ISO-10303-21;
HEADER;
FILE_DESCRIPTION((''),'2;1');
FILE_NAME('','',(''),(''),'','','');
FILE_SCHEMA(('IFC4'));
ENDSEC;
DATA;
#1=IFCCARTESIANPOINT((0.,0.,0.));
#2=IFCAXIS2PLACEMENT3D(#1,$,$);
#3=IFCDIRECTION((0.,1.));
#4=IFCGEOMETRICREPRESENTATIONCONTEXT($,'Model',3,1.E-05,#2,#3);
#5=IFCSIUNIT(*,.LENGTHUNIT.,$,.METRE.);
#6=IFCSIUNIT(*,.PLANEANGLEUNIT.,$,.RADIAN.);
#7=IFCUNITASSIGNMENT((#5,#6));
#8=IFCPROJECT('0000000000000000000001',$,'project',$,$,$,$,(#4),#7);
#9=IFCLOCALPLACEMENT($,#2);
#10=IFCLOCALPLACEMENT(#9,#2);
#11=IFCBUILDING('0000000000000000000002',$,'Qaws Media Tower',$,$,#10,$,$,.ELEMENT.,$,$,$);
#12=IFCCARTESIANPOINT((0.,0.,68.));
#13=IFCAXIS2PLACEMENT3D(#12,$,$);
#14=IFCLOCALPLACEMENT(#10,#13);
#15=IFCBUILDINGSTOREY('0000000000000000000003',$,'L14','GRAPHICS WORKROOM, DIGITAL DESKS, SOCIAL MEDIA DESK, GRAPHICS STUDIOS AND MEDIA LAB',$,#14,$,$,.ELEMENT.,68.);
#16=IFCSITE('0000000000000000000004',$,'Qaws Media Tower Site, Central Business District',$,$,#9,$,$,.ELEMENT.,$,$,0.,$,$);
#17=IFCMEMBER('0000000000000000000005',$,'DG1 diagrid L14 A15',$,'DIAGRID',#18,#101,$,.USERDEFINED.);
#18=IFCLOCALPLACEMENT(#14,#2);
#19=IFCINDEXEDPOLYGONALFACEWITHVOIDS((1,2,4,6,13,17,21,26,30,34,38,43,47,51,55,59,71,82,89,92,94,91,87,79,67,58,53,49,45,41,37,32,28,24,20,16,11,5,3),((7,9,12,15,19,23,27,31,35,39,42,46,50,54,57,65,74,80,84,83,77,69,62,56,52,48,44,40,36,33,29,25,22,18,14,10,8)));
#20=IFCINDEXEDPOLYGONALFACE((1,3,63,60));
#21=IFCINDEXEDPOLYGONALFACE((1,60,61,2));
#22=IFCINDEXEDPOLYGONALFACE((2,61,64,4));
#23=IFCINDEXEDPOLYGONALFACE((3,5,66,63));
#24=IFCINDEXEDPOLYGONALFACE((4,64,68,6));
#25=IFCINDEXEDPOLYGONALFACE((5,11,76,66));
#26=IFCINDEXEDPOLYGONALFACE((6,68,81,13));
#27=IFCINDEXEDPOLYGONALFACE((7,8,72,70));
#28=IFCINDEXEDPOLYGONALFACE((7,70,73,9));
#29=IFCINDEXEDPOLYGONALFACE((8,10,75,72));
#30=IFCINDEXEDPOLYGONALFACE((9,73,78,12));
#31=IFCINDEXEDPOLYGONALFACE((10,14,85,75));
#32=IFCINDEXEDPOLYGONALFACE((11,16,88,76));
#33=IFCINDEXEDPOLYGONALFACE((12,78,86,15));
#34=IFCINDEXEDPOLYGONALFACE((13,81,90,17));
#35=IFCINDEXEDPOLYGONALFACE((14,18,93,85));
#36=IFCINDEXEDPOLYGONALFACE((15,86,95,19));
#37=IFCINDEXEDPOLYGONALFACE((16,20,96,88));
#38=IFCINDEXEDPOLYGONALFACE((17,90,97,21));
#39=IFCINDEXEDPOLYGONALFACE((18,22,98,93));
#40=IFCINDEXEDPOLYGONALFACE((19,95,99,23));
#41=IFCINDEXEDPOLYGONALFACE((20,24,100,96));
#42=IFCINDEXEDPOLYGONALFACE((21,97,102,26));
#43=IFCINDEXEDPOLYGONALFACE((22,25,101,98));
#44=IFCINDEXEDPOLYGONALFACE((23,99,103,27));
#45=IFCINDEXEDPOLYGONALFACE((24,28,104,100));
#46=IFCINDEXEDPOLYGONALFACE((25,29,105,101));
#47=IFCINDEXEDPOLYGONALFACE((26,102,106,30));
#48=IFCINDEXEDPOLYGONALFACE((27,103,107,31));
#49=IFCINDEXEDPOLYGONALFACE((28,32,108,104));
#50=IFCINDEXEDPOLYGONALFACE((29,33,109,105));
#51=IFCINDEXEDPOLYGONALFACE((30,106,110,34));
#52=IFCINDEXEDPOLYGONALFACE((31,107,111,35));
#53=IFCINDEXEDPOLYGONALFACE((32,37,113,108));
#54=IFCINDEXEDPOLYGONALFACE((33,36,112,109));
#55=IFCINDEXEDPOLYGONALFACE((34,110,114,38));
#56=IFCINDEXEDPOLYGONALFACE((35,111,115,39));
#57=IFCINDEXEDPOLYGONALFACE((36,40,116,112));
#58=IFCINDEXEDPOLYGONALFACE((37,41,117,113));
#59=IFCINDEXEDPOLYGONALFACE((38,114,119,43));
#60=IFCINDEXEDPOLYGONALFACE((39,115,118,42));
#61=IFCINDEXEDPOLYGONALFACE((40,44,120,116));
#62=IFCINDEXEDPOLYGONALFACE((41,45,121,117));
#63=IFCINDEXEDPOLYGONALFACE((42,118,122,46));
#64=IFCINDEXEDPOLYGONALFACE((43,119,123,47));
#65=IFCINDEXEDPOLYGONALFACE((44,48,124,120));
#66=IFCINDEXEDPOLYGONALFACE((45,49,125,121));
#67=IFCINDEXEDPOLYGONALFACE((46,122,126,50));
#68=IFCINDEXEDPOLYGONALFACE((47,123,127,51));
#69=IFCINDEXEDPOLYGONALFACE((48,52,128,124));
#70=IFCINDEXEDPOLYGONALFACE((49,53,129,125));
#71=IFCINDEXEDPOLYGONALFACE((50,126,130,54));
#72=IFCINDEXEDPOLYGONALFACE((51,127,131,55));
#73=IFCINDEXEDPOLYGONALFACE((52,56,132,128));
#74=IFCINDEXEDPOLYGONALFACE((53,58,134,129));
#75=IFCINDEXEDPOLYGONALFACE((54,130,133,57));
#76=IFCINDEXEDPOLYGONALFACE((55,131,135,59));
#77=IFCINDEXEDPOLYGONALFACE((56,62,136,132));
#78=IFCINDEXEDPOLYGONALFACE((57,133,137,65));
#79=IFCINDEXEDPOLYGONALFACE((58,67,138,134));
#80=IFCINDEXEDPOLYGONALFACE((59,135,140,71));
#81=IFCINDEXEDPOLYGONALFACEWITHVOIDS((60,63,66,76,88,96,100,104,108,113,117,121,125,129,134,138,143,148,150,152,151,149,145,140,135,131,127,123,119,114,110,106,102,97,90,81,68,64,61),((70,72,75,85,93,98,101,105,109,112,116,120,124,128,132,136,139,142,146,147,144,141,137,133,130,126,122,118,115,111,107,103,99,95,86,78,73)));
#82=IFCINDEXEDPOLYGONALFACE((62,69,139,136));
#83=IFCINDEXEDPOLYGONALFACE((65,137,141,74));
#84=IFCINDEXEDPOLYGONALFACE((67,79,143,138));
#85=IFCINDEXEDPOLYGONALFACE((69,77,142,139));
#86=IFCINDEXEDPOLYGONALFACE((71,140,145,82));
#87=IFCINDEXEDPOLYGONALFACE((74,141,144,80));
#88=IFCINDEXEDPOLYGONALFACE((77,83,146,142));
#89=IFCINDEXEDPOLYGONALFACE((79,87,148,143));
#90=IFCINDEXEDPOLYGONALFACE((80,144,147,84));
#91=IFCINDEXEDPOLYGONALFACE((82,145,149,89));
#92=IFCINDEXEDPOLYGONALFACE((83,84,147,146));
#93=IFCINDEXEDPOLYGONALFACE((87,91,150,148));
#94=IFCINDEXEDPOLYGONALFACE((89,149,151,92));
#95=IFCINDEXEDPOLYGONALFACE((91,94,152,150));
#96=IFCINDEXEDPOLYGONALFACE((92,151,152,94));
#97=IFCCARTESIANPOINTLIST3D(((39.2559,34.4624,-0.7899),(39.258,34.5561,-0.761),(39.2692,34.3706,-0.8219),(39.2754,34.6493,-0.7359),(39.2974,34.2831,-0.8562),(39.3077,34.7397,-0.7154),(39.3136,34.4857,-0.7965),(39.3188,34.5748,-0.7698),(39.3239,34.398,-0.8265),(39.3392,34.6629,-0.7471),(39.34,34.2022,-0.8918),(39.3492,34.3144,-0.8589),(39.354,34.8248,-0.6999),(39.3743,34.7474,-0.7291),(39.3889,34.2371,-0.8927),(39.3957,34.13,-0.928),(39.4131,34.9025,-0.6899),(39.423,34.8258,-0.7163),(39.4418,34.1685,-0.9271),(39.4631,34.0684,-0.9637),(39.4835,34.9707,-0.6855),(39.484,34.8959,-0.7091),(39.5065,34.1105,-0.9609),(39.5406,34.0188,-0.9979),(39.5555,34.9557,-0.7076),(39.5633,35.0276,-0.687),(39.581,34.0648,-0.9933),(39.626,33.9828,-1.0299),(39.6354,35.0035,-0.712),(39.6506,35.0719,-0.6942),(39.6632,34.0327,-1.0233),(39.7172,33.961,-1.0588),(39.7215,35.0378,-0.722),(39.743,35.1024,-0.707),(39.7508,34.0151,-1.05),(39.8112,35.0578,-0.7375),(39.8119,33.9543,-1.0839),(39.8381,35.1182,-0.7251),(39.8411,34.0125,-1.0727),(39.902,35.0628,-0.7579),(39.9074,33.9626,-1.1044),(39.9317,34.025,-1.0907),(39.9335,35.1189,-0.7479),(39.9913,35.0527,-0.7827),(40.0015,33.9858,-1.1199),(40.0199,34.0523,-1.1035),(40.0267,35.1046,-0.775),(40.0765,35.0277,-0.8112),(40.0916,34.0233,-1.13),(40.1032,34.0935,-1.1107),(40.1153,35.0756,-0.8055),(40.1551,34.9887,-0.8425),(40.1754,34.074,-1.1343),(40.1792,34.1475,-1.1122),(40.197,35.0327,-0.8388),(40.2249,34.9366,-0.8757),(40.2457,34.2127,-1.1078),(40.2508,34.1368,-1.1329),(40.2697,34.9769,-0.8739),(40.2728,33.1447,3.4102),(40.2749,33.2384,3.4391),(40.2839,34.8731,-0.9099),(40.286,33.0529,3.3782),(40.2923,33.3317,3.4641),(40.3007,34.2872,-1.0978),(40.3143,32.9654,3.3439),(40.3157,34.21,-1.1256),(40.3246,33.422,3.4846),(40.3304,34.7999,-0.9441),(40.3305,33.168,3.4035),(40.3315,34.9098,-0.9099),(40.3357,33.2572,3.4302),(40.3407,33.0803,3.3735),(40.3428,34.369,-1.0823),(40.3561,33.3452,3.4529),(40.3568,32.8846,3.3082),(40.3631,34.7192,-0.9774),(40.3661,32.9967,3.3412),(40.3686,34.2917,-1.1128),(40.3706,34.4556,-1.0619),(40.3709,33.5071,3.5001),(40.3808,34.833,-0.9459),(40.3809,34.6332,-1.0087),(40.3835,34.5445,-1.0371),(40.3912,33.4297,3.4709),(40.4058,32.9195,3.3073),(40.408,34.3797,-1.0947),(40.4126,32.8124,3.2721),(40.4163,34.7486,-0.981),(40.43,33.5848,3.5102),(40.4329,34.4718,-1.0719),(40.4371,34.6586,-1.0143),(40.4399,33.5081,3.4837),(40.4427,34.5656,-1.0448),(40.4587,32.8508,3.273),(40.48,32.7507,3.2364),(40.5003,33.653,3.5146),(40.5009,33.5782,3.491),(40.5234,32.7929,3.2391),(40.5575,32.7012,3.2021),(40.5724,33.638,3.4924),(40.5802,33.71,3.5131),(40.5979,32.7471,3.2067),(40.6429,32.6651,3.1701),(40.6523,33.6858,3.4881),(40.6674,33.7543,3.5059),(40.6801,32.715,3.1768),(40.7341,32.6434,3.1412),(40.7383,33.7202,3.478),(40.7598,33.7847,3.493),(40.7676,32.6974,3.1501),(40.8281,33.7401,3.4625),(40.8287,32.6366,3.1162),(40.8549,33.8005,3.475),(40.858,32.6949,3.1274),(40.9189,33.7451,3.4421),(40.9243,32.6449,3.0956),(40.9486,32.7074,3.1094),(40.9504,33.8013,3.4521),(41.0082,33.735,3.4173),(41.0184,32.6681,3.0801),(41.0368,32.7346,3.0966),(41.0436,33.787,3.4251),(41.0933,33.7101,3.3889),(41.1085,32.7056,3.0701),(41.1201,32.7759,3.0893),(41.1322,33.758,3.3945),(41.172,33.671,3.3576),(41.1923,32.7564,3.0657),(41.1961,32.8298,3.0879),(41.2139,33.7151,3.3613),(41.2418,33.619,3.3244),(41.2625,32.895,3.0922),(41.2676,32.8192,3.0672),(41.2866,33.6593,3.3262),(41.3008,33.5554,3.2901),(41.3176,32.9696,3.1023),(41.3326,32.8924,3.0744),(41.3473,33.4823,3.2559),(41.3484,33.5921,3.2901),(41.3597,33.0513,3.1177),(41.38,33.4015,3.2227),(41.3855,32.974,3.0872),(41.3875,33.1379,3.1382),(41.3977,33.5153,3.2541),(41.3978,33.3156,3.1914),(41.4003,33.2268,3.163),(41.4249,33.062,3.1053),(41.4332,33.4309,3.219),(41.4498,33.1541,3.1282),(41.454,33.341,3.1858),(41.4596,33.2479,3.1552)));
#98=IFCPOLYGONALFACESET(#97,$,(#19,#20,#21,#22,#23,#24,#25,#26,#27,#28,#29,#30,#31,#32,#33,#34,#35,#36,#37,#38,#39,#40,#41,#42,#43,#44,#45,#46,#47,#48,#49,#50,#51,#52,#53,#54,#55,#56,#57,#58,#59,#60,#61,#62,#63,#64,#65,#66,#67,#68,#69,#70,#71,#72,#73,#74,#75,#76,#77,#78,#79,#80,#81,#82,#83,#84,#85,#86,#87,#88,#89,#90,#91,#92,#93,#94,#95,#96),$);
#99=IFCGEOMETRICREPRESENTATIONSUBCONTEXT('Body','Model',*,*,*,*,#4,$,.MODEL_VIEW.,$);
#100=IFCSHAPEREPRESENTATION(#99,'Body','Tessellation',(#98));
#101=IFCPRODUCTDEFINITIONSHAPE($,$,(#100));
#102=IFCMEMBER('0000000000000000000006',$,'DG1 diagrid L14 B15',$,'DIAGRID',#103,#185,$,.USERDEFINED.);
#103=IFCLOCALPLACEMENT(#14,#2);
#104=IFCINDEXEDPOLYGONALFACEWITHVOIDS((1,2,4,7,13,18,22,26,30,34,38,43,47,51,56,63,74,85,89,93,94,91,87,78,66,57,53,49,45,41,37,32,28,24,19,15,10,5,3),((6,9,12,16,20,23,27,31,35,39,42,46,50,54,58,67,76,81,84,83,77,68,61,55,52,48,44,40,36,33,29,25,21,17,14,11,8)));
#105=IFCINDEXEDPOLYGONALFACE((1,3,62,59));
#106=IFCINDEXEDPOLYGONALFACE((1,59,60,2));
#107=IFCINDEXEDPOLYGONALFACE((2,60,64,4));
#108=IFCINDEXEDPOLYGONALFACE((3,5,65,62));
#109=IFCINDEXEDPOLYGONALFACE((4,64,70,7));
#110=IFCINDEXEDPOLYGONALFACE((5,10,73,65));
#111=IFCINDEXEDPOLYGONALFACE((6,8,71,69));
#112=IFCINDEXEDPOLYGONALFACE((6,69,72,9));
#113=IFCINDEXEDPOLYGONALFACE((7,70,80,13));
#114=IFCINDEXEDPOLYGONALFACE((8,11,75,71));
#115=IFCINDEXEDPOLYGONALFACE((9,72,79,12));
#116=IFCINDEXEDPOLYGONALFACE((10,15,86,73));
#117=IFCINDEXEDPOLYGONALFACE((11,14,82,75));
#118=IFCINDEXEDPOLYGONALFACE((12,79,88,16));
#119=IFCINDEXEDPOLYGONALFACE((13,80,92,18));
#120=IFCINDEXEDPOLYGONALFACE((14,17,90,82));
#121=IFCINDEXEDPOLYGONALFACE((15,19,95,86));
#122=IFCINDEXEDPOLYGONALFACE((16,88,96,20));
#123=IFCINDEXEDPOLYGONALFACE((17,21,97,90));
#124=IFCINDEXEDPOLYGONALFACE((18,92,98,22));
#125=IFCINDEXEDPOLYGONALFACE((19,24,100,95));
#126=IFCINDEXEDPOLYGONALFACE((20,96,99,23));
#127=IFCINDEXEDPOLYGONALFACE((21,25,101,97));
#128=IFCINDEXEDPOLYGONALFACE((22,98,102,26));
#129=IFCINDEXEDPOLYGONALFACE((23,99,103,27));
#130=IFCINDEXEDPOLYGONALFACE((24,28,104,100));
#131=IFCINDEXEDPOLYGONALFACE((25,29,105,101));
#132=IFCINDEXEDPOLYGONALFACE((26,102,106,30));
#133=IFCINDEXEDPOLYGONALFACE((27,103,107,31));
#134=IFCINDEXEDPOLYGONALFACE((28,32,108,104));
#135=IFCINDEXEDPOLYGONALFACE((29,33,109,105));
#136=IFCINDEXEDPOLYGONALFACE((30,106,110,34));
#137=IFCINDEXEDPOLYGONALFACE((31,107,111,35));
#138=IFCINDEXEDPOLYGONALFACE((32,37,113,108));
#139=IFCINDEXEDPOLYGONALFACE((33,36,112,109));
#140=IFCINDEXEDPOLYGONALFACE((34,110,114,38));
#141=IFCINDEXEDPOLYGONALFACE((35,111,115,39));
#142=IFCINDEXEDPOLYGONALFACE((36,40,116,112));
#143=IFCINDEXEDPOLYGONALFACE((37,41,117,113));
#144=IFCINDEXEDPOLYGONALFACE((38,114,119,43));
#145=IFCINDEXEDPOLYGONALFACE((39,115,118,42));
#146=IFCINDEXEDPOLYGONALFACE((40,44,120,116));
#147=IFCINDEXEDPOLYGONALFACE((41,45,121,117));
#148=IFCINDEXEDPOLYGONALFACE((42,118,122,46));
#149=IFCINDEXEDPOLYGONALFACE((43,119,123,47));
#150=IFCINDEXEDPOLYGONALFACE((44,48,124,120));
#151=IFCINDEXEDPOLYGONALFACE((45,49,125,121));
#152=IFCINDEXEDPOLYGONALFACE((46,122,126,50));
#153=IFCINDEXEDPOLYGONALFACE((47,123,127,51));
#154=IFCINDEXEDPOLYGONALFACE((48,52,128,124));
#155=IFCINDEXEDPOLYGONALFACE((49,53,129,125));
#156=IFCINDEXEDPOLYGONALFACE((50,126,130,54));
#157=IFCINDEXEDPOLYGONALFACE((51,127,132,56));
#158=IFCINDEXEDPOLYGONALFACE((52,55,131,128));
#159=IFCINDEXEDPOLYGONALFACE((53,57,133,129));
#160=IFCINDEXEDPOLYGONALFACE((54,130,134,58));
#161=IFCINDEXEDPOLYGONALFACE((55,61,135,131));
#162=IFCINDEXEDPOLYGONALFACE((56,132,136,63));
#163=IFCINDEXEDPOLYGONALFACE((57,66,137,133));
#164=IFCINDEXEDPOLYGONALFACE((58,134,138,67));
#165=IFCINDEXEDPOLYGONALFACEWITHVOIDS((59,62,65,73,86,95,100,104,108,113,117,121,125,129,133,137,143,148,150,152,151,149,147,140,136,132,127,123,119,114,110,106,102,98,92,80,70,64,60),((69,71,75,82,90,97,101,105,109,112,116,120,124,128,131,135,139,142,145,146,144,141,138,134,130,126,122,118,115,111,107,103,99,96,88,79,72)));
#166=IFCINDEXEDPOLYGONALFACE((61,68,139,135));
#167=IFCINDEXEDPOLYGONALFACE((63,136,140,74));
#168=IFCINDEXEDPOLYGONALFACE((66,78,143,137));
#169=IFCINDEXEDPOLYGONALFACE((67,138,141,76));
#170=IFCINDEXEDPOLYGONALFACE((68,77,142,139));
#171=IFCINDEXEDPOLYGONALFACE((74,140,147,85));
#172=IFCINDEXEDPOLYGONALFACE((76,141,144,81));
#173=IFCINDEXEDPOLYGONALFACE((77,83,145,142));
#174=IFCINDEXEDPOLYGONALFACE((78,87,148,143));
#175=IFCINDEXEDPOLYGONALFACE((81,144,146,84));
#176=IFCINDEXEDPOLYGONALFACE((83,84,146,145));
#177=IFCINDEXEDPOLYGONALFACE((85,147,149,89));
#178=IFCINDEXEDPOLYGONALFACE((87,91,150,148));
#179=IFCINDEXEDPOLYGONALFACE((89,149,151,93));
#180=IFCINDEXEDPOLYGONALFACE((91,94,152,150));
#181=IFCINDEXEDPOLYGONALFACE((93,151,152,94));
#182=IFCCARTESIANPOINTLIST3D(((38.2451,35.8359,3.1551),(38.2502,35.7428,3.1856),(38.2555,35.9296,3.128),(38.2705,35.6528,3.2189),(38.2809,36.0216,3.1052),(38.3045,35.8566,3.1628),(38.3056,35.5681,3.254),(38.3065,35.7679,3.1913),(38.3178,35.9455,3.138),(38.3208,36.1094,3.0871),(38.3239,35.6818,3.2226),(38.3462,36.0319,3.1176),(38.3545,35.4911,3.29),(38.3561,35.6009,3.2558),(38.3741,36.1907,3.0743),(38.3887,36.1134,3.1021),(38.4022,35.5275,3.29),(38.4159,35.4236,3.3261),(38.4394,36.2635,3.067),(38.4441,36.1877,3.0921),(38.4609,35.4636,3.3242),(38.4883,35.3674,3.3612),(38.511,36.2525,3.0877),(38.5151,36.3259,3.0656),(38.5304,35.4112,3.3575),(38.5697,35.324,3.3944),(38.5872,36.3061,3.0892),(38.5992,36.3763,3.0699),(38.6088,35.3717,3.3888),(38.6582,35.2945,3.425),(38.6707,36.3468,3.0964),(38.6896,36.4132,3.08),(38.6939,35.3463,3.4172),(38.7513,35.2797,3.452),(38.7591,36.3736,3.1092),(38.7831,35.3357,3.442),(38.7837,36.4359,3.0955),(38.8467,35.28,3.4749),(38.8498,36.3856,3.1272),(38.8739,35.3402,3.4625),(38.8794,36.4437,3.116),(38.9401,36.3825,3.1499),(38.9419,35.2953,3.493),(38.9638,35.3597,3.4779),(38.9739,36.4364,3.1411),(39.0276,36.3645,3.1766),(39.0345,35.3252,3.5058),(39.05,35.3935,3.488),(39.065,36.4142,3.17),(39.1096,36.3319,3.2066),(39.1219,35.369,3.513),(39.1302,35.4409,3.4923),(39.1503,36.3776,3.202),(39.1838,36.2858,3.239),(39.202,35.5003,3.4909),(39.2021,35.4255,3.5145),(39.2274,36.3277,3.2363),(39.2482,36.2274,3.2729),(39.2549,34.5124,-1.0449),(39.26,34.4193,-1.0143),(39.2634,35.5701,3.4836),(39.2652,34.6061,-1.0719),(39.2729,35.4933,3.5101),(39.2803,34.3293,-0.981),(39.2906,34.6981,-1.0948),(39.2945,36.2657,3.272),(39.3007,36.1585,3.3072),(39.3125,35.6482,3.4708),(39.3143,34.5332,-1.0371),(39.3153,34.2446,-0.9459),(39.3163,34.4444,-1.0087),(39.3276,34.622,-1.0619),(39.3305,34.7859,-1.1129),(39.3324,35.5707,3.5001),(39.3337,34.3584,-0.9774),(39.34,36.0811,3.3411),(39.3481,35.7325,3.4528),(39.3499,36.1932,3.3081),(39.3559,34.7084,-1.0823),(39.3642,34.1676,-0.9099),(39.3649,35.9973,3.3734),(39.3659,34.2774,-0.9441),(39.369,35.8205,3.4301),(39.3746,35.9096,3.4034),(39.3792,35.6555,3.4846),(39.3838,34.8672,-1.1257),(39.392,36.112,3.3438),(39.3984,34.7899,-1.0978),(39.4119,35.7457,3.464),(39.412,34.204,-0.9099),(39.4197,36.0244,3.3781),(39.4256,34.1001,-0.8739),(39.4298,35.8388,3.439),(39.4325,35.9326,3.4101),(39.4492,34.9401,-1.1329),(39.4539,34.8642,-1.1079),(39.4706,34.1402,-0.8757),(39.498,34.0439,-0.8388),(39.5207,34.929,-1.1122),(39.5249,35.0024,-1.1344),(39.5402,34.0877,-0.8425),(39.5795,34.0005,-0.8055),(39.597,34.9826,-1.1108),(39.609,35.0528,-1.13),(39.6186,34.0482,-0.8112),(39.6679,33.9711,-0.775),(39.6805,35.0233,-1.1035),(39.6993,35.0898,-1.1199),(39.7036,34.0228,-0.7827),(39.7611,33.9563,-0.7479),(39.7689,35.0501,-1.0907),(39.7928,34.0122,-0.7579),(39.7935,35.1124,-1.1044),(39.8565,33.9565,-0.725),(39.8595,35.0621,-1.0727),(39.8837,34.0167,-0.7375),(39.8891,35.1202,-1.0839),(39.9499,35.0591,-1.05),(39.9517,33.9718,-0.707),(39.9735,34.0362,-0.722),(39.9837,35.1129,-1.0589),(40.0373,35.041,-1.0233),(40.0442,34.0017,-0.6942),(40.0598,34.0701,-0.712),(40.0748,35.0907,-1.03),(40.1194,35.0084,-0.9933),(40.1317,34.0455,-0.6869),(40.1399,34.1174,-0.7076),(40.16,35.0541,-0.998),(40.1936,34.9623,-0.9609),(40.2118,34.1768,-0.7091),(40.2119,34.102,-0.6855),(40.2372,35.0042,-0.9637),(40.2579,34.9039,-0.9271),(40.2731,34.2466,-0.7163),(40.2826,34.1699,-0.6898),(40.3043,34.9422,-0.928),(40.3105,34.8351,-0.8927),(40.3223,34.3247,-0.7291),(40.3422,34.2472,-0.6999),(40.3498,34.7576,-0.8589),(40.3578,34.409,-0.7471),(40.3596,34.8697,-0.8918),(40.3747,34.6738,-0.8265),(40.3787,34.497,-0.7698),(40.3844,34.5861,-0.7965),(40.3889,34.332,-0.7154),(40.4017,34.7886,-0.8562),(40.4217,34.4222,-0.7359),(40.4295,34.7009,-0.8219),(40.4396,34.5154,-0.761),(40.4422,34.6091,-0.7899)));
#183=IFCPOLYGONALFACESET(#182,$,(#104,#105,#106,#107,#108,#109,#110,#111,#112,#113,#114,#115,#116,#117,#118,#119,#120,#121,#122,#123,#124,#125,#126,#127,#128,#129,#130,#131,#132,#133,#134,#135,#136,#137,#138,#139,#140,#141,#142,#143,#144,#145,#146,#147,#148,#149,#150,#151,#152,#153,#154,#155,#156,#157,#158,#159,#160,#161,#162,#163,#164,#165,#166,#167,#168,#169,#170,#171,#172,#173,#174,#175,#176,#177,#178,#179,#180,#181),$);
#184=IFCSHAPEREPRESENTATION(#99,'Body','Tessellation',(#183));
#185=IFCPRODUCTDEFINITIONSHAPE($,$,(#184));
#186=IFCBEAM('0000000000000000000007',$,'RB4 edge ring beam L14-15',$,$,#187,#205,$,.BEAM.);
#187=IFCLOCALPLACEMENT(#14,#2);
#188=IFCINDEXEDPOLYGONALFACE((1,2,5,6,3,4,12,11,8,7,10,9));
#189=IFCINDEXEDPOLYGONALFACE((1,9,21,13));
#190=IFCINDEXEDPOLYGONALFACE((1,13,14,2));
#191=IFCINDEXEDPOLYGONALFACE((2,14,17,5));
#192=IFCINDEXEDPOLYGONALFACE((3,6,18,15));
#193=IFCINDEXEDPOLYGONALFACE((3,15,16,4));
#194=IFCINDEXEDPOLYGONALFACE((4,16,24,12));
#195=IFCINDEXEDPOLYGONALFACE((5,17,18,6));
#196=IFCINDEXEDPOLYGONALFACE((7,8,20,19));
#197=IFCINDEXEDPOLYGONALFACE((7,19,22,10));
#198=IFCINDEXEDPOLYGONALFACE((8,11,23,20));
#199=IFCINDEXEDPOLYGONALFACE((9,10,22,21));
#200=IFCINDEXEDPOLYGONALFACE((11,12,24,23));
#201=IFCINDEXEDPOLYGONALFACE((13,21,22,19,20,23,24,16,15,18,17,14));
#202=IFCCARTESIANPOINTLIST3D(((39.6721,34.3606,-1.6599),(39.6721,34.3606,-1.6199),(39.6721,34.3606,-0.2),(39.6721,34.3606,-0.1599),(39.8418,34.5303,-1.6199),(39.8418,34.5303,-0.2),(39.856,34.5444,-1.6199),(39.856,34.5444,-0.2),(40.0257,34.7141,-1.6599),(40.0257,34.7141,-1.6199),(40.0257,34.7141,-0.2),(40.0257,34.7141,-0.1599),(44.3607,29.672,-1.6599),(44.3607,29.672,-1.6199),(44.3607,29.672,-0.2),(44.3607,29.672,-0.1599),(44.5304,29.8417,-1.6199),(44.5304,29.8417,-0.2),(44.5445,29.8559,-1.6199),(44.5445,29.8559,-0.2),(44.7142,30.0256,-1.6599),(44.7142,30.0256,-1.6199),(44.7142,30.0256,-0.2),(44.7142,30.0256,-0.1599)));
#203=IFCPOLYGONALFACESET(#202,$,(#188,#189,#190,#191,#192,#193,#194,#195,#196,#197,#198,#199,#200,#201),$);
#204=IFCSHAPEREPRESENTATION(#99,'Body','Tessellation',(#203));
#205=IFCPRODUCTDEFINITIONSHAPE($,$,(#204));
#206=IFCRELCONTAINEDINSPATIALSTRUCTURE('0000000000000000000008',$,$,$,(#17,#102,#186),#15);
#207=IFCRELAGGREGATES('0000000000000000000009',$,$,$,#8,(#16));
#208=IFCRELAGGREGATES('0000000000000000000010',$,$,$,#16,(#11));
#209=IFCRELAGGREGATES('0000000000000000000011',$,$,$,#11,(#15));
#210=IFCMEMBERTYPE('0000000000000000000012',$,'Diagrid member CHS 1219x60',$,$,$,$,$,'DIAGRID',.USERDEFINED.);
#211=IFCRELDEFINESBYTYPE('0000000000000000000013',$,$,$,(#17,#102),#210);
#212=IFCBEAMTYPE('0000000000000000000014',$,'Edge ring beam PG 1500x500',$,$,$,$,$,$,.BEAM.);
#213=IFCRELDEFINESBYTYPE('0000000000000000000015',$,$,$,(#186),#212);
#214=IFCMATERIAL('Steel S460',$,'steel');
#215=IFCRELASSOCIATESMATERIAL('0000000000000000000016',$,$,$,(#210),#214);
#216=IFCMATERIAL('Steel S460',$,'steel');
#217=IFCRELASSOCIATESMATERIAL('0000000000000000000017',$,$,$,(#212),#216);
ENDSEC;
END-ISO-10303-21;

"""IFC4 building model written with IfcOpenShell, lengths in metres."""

from ifc_helpers import new_model, si_unit, direction, frame, origin, origin_2d, place, context, subcontext, project, spatial, hollow_circle, i_section, extrude, material, material_profile, profile_set, type_object, element, save


model = new_model("IFC4")

# Units and contexts
model_context = context("Model", 3, precision=1e-05, world=origin(), true_north=direction((0.0, 1.0)))
body_context = subcontext(model_context, "Body", "Model", "MODEL_VIEW")
ifc_project = project(units=[si_unit("LENGTHUNIT", "METRE"), si_unit("PLANEANGLEUNIT", "RADIAN")], contexts=[model_context])

# Site, building, storey
site_placement = place(None, origin())
site = spatial("IfcSite", under=ifc_project, at=site_placement, Name="Qaws Media Tower Site, Central Business District", CompositionType="ELEMENT", RefElevation=0.0)
building_placement = place(site_placement, origin())
building = spatial("IfcBuilding", under=site, at=building_placement, Name="Qaws Media Tower", CompositionType="ELEMENT")
storey_placement = place(building_placement, frame((0.0, 0.0, 68.0)))
storey = spatial("IfcBuildingStorey", under=building, at=storey_placement, Name="L14", Description="GRAPHICS WORKROOM, DIGITAL DESKS, SOCIAL MEDIA DESK, GRAPHICS STUDIOS AND MEDIA LAB", CompositionType="ELEMENT", Elevation=68.0)

# Members
ifc_material_1 = material(Name="Steel S460", Category="steel")
ifc_material_profile_1 = material_profile(ifc_material_1, hollow_circle(Radius=0.6096, WallThickness=0.0601, at=origin_2d()), Name="CHS 1219x60")
ifc_profile_set_1 = profile_set([ifc_material_profile_1], Name="Steel S460")
member_type_1 = type_object("IfcMemberType", Name="Diagrid member CHS 1219x60", ElementType="DIAGRID", PredefinedType="USERDEFINED", material=ifc_profile_set_1)
for number, where, z_axis, x_axis, name in (
    (1, (39.8489, 34.5374, -0.9099), (0.22508, -0.291658, 0.929664), (0.791669, 0.610951, 0.0), "DG1 diagrid L14 A15"),
    (2, (39.8489, 34.5374, -0.9099), (-0.223507, 0.292947, 0.929638), (-0.795028, -0.606573, 0.0), "DG1 diagrid L14 B15"),
):
    element("IfcMember", number, at=place(storey_placement, frame(where, z_axis=z_axis, x_axis=x_axis)), inside=storey, type_object=member_type_1, Name=name, ObjectType="DIAGRID", PredefinedType="USERDEFINED", context=body_context, shape_type="SweptSolid", body=[
        extrude(hollow_circle(Radius=0.6096, WallThickness=0.0601, at=origin_2d()), origin(), (0.0, 0.0, 1.0), 4.5178),
    ])

# Beam
ifc_material_2 = material(Name="Steel S460", Category="steel")
ifc_material_profile_2 = material_profile(ifc_material_2, i_section(OverallWidth=0.5, OverallDepth=1.5, WebThickness=0.02, FlangeThickness=0.04, at=origin_2d()), Name="PG 1500x500")
ifc_profile_set_2 = profile_set([ifc_material_profile_2], Name="Steel S460")
beam_type_1 = type_object("IfcBeamType", Name="Edge ring beam PG 1500x500", PredefinedType="BEAM", material=ifc_profile_set_2)
beam_1_placement = place(storey_placement, frame((39.8489, 34.5374, -0.9099), z_axis=(0.707107, -0.707107, 0.0), x_axis=(0.707107, 0.707107, 0.0)))
element("IfcBeam", 3, at=beam_1_placement, inside=storey, type_object=beam_type_1, Name="RB4 edge ring beam L14-15", PredefinedType="BEAM", context=body_context, shape_type="SweptSolid", body=[
    extrude(i_section(OverallWidth=0.5, OverallDepth=1.5, WebThickness=0.02, FlangeThickness=0.04, at=origin_2d()), origin(), (0.0, 0.0, 1.0), 6.6306),
])

save(model, "model.ifc")
